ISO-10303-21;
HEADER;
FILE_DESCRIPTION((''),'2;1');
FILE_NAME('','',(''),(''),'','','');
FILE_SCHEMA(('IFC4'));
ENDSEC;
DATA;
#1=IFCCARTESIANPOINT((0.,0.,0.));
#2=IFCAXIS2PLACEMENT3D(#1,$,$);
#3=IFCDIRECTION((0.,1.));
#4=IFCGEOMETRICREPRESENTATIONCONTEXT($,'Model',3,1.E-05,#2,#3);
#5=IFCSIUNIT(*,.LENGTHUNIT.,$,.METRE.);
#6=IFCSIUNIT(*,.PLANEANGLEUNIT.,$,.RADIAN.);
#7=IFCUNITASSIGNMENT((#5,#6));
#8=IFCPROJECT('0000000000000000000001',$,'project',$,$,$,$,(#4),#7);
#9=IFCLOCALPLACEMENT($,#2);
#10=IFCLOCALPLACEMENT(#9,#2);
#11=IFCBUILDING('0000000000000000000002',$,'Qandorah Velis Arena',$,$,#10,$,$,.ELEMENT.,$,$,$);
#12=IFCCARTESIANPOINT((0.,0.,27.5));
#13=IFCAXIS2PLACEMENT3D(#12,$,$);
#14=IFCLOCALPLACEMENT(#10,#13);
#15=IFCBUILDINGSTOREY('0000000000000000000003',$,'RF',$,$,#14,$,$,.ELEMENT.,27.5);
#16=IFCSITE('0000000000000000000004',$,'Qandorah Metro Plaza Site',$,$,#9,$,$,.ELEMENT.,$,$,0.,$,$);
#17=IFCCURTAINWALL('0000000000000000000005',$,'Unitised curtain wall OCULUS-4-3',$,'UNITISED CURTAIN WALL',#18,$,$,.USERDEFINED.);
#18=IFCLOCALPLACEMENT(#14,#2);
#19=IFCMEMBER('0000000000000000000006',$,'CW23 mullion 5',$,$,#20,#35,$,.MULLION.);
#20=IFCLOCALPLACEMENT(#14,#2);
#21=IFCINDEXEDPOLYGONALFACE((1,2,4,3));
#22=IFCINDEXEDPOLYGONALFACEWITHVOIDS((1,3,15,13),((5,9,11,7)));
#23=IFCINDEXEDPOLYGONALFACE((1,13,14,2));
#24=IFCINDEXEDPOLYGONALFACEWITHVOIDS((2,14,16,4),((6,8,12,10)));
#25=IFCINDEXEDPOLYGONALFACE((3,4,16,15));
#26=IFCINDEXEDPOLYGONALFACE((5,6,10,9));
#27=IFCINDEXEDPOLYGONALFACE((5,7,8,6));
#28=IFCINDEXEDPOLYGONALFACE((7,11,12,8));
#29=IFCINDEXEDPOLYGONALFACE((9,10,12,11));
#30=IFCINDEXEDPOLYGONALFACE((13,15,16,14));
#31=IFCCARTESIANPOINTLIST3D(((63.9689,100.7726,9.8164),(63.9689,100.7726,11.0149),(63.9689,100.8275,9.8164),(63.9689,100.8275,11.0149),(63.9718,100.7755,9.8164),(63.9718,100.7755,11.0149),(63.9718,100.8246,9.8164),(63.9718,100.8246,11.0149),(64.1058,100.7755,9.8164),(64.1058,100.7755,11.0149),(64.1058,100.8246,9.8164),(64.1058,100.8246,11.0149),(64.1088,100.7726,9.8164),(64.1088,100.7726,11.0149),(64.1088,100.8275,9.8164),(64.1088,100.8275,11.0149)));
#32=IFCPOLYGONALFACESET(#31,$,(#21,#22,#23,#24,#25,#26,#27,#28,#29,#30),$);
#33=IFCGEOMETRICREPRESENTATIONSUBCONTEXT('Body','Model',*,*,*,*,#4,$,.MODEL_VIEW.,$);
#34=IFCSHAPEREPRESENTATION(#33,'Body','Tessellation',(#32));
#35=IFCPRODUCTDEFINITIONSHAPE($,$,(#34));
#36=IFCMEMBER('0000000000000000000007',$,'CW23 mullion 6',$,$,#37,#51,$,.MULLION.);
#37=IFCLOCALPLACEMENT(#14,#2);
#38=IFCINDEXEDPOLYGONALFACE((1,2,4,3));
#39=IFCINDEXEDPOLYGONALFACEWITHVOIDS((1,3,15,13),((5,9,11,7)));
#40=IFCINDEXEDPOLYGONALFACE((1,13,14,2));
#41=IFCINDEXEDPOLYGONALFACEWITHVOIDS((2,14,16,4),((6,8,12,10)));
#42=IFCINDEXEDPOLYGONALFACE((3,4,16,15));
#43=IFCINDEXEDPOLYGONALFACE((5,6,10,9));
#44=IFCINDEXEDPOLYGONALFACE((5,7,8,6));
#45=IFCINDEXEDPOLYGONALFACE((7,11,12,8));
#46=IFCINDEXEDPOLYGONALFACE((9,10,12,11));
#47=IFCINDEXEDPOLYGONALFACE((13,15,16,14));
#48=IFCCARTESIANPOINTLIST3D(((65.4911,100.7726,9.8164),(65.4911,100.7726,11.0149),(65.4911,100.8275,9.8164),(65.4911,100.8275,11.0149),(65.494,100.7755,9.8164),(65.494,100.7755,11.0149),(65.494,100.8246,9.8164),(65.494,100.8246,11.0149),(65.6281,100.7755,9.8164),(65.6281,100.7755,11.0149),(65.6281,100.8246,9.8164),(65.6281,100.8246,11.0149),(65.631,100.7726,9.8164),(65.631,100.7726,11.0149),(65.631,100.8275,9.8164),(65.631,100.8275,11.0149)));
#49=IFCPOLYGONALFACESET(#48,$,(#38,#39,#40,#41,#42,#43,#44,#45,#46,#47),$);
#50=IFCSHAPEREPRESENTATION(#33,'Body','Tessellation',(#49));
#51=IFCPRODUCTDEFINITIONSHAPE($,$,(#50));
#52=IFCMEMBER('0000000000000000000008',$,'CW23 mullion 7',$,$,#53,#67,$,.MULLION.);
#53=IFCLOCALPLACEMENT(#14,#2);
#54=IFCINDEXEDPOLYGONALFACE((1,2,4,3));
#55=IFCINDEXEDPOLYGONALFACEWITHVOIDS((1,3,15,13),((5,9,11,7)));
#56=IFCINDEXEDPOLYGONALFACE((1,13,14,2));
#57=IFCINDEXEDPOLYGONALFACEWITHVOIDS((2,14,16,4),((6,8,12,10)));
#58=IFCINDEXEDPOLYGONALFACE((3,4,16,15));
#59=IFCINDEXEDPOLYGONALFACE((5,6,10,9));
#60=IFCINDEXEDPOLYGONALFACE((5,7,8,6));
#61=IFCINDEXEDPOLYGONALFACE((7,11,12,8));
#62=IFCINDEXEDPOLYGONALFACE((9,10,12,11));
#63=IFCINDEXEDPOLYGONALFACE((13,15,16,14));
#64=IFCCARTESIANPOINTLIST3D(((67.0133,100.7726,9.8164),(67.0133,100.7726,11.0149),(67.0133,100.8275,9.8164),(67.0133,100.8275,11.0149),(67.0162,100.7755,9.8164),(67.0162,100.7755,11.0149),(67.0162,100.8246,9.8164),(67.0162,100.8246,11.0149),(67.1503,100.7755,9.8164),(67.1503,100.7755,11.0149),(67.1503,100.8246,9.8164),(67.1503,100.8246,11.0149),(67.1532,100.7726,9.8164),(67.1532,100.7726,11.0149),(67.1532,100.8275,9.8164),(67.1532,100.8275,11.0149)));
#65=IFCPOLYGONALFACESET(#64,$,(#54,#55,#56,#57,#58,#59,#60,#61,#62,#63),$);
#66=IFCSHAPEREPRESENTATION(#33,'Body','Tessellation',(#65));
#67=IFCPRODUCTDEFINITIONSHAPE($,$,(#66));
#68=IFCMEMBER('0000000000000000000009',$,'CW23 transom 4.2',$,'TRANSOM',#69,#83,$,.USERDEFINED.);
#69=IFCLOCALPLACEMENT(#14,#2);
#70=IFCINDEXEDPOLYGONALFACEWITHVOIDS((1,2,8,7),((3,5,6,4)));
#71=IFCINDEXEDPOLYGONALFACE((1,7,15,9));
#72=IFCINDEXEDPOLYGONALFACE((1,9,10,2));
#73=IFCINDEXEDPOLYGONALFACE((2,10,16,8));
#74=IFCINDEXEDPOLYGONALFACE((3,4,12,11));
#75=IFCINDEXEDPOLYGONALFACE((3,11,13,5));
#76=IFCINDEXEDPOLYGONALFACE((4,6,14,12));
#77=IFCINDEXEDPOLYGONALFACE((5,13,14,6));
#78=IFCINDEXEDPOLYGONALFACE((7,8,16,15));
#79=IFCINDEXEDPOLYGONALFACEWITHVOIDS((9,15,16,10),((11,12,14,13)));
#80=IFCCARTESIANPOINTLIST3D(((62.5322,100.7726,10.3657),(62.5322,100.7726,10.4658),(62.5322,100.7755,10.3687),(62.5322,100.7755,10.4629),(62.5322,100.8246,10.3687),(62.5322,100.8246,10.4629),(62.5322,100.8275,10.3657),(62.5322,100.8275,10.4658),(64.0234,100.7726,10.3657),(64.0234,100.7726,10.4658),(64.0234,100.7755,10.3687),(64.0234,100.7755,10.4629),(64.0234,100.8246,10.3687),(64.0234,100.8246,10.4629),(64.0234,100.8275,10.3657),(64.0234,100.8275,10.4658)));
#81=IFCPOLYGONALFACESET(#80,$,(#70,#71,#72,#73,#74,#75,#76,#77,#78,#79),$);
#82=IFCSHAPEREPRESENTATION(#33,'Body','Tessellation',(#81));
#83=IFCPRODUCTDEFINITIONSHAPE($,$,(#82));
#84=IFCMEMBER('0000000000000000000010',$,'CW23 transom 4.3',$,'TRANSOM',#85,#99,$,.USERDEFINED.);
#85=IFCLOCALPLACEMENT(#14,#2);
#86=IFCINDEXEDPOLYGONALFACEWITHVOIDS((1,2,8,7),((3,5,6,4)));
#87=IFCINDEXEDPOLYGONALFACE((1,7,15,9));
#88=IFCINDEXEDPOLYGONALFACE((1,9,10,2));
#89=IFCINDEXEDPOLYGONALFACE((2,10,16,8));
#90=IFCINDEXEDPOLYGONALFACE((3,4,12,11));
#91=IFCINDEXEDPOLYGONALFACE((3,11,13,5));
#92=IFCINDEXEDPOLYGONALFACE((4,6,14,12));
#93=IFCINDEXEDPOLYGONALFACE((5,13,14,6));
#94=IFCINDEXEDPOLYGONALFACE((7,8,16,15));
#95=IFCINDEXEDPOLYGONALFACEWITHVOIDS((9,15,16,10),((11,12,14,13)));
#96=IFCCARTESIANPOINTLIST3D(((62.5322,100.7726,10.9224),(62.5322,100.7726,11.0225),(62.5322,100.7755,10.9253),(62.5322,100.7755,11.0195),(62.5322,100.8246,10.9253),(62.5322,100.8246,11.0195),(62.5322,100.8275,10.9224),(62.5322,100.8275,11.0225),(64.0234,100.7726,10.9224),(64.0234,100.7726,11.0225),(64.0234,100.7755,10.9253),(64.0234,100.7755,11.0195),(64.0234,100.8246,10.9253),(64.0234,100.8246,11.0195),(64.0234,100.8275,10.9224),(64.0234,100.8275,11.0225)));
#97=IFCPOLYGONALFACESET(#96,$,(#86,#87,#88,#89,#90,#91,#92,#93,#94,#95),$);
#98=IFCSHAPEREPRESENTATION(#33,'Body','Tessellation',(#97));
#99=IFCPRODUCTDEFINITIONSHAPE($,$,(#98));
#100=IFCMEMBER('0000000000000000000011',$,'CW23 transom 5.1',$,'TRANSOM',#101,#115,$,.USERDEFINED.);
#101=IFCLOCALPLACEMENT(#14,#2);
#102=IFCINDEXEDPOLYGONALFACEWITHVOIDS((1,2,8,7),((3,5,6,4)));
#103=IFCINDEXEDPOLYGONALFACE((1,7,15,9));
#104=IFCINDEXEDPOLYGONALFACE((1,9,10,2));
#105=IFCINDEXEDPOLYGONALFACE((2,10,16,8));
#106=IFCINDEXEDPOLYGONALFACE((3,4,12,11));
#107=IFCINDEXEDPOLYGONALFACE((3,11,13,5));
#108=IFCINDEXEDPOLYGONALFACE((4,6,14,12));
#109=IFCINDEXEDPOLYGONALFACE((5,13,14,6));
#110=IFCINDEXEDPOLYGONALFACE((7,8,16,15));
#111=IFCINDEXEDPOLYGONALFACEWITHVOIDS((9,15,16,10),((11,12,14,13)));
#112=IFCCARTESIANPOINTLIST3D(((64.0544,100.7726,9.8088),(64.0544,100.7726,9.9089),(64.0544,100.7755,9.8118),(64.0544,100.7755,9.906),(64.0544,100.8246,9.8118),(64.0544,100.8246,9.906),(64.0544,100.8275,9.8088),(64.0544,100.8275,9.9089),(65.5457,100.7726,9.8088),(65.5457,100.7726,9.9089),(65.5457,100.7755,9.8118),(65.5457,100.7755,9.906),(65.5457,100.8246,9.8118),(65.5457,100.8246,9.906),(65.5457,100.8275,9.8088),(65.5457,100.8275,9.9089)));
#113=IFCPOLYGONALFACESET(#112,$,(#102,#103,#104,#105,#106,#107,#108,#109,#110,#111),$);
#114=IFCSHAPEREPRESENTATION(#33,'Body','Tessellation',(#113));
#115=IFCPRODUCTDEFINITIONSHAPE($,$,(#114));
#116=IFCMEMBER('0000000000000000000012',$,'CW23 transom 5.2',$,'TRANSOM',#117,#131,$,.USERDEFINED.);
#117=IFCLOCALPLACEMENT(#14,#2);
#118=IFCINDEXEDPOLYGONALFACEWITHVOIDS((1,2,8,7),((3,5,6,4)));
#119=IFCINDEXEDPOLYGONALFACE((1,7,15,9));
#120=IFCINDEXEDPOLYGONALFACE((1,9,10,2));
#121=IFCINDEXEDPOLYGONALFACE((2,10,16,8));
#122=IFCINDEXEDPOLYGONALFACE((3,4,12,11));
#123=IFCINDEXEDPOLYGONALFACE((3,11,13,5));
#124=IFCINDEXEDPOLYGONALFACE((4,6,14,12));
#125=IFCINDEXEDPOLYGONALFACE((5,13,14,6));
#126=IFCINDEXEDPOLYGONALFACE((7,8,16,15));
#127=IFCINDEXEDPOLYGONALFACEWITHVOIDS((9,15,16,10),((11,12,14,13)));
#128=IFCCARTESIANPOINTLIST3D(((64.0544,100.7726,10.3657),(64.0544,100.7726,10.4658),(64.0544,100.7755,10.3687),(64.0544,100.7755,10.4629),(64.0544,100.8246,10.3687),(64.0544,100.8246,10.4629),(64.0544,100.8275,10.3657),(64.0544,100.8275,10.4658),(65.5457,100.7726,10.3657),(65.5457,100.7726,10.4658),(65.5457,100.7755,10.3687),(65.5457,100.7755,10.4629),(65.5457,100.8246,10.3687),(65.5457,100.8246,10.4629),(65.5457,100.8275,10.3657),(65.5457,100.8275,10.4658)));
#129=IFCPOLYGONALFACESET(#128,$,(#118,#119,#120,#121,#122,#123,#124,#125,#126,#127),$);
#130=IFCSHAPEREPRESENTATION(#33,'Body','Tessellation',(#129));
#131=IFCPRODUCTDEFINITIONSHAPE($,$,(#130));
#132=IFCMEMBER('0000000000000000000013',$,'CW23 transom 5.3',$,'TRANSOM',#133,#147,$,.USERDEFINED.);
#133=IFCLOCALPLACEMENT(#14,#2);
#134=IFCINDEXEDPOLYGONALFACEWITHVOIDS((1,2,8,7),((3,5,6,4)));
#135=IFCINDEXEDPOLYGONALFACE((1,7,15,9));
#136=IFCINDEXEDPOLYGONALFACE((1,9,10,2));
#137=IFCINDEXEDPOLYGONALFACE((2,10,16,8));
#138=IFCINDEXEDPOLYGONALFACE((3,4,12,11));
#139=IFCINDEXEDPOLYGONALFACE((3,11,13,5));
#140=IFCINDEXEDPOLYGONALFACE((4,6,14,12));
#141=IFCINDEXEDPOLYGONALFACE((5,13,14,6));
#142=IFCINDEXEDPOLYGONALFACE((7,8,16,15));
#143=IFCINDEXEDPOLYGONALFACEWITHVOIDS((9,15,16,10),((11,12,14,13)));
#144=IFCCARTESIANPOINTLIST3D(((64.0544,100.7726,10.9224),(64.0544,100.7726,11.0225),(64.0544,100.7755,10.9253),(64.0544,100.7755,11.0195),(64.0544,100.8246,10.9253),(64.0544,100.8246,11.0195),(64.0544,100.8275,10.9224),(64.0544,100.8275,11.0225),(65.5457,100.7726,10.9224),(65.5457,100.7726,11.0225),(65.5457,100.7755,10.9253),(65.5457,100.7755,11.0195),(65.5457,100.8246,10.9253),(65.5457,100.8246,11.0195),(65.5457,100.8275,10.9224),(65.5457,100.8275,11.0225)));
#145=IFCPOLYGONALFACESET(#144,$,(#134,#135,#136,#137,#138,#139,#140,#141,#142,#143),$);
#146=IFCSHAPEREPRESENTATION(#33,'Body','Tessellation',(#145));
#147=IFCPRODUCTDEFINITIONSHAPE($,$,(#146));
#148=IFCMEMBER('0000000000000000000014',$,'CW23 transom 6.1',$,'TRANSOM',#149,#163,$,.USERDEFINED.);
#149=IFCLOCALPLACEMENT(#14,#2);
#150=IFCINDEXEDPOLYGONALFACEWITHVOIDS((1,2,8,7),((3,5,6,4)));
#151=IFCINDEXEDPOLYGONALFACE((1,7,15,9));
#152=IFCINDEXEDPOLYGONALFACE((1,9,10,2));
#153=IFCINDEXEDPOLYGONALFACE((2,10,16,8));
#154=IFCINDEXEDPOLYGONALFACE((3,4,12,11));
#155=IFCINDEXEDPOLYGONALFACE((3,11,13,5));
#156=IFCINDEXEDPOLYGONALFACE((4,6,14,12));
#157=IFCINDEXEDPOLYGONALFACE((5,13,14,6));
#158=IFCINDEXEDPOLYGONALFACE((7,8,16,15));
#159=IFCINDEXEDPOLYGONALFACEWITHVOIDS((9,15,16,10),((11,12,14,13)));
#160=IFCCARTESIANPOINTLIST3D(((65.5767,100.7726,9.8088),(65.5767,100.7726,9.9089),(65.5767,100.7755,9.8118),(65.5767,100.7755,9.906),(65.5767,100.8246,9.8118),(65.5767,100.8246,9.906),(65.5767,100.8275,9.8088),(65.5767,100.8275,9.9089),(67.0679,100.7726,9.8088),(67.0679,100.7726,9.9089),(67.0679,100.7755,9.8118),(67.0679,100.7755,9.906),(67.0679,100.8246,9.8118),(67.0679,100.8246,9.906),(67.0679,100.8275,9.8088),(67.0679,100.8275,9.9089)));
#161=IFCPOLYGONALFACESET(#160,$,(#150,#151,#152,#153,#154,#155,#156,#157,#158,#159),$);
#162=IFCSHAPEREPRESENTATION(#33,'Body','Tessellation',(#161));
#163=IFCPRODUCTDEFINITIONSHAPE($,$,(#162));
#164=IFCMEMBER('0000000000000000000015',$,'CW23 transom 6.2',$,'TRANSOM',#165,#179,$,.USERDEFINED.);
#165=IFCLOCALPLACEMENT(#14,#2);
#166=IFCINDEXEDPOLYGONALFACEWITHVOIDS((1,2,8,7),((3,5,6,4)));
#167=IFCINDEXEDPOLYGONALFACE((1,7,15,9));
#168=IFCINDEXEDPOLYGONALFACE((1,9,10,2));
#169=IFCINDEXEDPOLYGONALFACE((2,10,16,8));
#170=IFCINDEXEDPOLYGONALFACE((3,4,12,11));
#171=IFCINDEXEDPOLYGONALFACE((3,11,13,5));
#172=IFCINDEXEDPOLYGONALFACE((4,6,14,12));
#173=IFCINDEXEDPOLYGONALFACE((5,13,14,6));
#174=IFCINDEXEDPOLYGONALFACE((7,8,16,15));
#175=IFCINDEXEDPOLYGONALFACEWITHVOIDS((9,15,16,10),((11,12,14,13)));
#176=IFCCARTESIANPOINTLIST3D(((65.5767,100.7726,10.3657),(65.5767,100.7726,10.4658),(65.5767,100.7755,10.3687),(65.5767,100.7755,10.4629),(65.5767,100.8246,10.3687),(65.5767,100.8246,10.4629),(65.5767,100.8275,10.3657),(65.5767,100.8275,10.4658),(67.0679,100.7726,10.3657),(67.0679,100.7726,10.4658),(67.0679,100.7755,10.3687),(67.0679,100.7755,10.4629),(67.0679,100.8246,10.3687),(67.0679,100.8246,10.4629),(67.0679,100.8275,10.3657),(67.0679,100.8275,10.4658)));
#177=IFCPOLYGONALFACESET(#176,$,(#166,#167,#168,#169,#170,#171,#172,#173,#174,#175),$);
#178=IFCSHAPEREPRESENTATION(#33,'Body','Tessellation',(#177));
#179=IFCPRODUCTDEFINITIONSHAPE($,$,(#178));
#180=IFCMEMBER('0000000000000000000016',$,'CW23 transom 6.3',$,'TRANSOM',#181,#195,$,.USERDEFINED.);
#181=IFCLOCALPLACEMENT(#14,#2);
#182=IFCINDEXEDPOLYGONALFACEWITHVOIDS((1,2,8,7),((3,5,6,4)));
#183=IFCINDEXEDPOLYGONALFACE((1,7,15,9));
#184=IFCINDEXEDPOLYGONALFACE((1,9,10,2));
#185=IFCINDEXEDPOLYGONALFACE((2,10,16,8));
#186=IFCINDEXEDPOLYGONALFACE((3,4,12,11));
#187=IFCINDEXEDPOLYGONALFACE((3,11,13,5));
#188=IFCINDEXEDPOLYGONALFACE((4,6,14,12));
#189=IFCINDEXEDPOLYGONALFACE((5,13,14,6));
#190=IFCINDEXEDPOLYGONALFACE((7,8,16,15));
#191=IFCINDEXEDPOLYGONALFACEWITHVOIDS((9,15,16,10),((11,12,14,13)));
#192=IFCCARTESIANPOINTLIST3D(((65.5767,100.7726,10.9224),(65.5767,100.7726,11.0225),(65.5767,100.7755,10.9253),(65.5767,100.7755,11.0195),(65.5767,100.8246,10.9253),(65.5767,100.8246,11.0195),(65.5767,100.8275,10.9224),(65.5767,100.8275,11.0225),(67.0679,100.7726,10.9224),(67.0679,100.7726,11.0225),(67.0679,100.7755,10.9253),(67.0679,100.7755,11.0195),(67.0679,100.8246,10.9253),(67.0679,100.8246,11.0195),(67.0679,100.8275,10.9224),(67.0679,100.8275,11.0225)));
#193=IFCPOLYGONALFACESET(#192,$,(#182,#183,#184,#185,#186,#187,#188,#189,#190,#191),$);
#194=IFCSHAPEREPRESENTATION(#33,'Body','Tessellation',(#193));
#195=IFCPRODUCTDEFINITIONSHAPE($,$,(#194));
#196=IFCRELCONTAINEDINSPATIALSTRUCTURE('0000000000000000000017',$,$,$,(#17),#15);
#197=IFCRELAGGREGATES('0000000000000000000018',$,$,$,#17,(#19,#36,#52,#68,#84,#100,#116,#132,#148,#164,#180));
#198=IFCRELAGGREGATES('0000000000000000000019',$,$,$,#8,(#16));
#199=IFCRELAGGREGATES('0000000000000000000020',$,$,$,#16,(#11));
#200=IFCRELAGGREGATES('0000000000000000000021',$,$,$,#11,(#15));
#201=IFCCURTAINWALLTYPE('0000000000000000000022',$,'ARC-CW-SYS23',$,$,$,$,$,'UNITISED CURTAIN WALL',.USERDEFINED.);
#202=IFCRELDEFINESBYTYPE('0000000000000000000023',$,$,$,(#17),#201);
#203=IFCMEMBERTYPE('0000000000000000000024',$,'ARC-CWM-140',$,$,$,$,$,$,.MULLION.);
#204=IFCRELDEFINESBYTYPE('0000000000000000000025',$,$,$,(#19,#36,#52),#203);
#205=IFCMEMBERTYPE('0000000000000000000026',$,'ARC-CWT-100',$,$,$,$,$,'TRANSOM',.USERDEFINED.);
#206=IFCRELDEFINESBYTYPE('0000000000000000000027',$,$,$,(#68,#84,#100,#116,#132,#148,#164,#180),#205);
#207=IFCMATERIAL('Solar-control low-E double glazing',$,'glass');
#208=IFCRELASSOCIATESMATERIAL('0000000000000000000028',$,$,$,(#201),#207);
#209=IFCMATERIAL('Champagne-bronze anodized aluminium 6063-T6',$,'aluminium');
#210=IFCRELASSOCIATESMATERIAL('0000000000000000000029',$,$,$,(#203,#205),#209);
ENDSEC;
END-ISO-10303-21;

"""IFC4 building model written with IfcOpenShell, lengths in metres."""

from ifc_helpers import new_model, si_unit, direction, frame, origin, origin_2d, place, context, subcontext, project, spatial, hollow_rectangle, extrude, material, material_profile, profile_set, type_object, element, aggregate, save


model = new_model("IFC4")

# Units and contexts
model_context = context("Model", 3, precision=1e-05, world=origin(), true_north=direction((0.0, 1.0)))
body_context = subcontext(model_context, "Body", "Model", "MODEL_VIEW")
ifc_project = project(units=[si_unit("LENGTHUNIT", "METRE"), si_unit("PLANEANGLEUNIT", "RADIAN")], contexts=[model_context])

# Site, building, storey
site_placement = place(None, origin())
site = spatial("IfcSite", under=ifc_project, at=site_placement, Name="Qandorah Metro Plaza Site", CompositionType="ELEMENT", RefElevation=0.0)
building_placement = place(site_placement, origin())
building = spatial("IfcBuilding", under=site, at=building_placement, Name="Qandorah Velis Arena", CompositionType="ELEMENT")
storey_placement = place(building_placement, frame((0.0, 0.0, 27.5)))
storey = spatial("IfcBuildingStorey", under=building, at=storey_placement, Name="RF", CompositionType="ELEMENT", Elevation=27.5)

# Curtain wall, members
ifc_material_1 = material(Name="Solar-control low-E double glazing", Category="glass")
curtain_wall_type = type_object("IfcCurtainWallType", Name="ARC-CW-SYS23", ElementType="UNITISED CURTAIN WALL", PredefinedType="USERDEFINED", material=ifc_material_1)
curtain_wall_placement = place(storey_placement, origin())
curtain_wall = element("IfcCurtainWall", 1, at=curtain_wall_placement, inside=storey, type_object=curtain_wall_type, Name="Unitised curtain wall OCULUS-4-3", ObjectType="UNITISED CURTAIN WALL", PredefinedType="USERDEFINED")
ifc_material_2 = material(Name="Champagne-bronze anodized aluminium 6063-T6", Category="aluminium")
ifc_material_profile_1 = material_profile(ifc_material_2, hollow_rectangle(XDim=0.0549, YDim=0.1399, WallThickness=0.0029, at=origin_2d()), Name="ALU MULLION 55x140")
ifc_profile_set_1 = profile_set([ifc_material_profile_1], Name="Champagne-bronze anodized aluminium 6063-T6")
member_type_1 = type_object("IfcMemberType", Name="ARC-CWM-140", PredefinedType="MULLION", material=ifc_profile_set_1)
member_1_placement = place(storey_placement, frame((64.0388, 100.8, 9.8164), z_axis=(0.0, 0.0, 1.0), x_axis=(0.0, 1.0, 0.0)))
member_1 = element("IfcMember", 2, at=member_1_placement, type_object=member_type_1, Name="CW23 mullion 5", PredefinedType="MULLION", context=body_context, shape_type="SweptSolid", body=[
    extrude(hollow_rectangle(XDim=0.0549, YDim=0.1399, WallThickness=0.0029, at=origin_2d()), origin(), (0.0, 0.0, 1.0), 1.1985),
])
member_2_placement = place(storey_placement, frame((65.561, 100.8, 9.8164), z_axis=(0.0, 0.0, 1.0), x_axis=(0.0, 1.0, 0.0)))
member_2 = element("IfcMember", 3, at=member_2_placement, type_object=member_type_1, Name="CW23 mullion 6", PredefinedType="MULLION", context=body_context, shape_type="SweptSolid", body=[
    extrude(hollow_rectangle(XDim=0.0549, YDim=0.1399, WallThickness=0.0029, at=origin_2d()), origin(), (0.0, 0.0, 1.0), 1.1985),
])
member_3_placement = place(storey_placement, frame((67.0833, 100.8, 9.8164), z_axis=(0.0, 0.0, 1.0), x_axis=(0.0, 1.0, 0.0)))
member_3 = element("IfcMember", 4, at=member_3_placement, type_object=member_type_1, Name="CW23 mullion 7", PredefinedType="MULLION", context=body_context, shape_type="SweptSolid", body=[
    extrude(hollow_rectangle(XDim=0.0549, YDim=0.1399, WallThickness=0.0029, at=origin_2d()), origin(), (0.0, 0.0, 1.0), 1.1985),
])
ifc_material_profile_2 = material_profile(ifc_material_2, hollow_rectangle(XDim=0.0549, YDim=0.1001, WallThickness=0.0029, at=origin_2d()), Name="ALU TRANSOM 55x100")
ifc_profile_set_2 = profile_set([ifc_material_profile_2], Name="Champagne-bronze anodized aluminium 6063-T6")
member_type_2 = type_object("IfcMemberType", Name="ARC-CWT-100", ElementType="TRANSOM", PredefinedType="USERDEFINED", material=ifc_profile_set_2)
member_4_placement = place(storey_placement, frame((62.5322, 100.8, 10.4158), z_axis=(1.0, 0.0, 0.0), x_axis=(0.0, 1.0, 0.0)))
member_4 = element("IfcMember", 5, at=member_4_placement, type_object=member_type_2, Name="CW23 transom 4.2", ObjectType="TRANSOM", PredefinedType="USERDEFINED", context=body_context, shape_type="SweptSolid", body=[
    extrude(hollow_rectangle(XDim=0.0549, YDim=0.1001, WallThickness=0.0029, at=origin_2d()), origin(), (0.0, 0.0, 1.0), 1.4912),
])
member_5_placement = place(storey_placement, frame((62.5322, 100.8, 10.9724), z_axis=(1.0, 0.0, 0.0), x_axis=(0.0, 1.0, 0.0)))
member_5 = element("IfcMember", 6, at=member_5_placement, type_object=member_type_2, Name="CW23 transom 4.3", ObjectType="TRANSOM", PredefinedType="USERDEFINED", context=body_context, shape_type="SweptSolid", body=[
    extrude(hollow_rectangle(XDim=0.0549, YDim=0.1001, WallThickness=0.0029, at=origin_2d()), origin(), (0.0, 0.0, 1.0), 1.4912),
])
member_6_placement = place(storey_placement, frame((64.0544, 100.8, 9.8589), z_axis=(1.0, 0.0, 0.0), x_axis=(0.0, 1.0, 0.0)))
member_6 = element("IfcMember", 7, at=member_6_placement, type_object=member_type_2, Name="CW23 transom 5.1", ObjectType="TRANSOM", PredefinedType="USERDEFINED", context=body_context, shape_type="SweptSolid", body=[
    extrude(hollow_rectangle(XDim=0.0549, YDim=0.1001, WallThickness=0.0029, at=origin_2d()), origin(), (0.0, 0.0, 1.0), 1.4912),
])
member_7_placement = place(storey_placement, frame((64.0544, 100.8, 10.4158), z_axis=(1.0, 0.0, 0.0), x_axis=(0.0, 1.0, 0.0)))
member_7 = element("IfcMember", 8, at=member_7_placement, type_object=member_type_2, Name="CW23 transom 5.2", ObjectType="TRANSOM", PredefinedType="USERDEFINED", context=body_context, shape_type="SweptSolid", body=[
    extrude(hollow_rectangle(XDim=0.0549, YDim=0.1001, WallThickness=0.0029, at=origin_2d()), origin(), (0.0, 0.0, 1.0), 1.4912),
])
member_8_placement = place(storey_placement, frame((64.0544, 100.8, 10.9724), z_axis=(1.0, 0.0, 0.0), x_axis=(0.0, 1.0, 0.0)))
member_8 = element("IfcMember", 9, at=member_8_placement, type_object=member_type_2, Name="CW23 transom 5.3", ObjectType="TRANSOM", PredefinedType="USERDEFINED", context=body_context, shape_type="SweptSolid", body=[
    extrude(hollow_rectangle(XDim=0.0549, YDim=0.1001, WallThickness=0.0029, at=origin_2d()), origin(), (0.0, 0.0, 1.0), 1.4912),
])
member_9_placement = place(storey_placement, frame((65.5767, 100.8, 9.8589), z_axis=(1.0, 0.0, 0.0), x_axis=(0.0, 1.0, 0.0)))
member_9 = element("IfcMember", 10, at=member_9_placement, type_object=member_type_2, Name="CW23 transom 6.1", ObjectType="TRANSOM", PredefinedType="USERDEFINED", context=body_context, shape_type="SweptSolid", body=[
    extrude(hollow_rectangle(XDim=0.0549, YDim=0.1001, WallThickness=0.0029, at=origin_2d()), origin(), (0.0, 0.0, 1.0), 1.4912),
])
member_10_placement = place(storey_placement, frame((65.5767, 100.8, 10.4158), z_axis=(1.0, 0.0, 0.0), x_axis=(0.0, 1.0, 0.0)))
member_10 = element("IfcMember", 11, at=member_10_placement, type_object=member_type_2, Name="CW23 transom 6.2", ObjectType="TRANSOM", PredefinedType="USERDEFINED", context=body_context, shape_type="SweptSolid", body=[
    extrude(hollow_rectangle(XDim=0.0549, YDim=0.1001, WallThickness=0.0029, at=origin_2d()), origin(), (0.0, 0.0, 1.0), 1.4912),
])
member_11_placement = place(storey_placement, frame((65.5767, 100.8, 10.9724), z_axis=(1.0, 0.0, 0.0), x_axis=(0.0, 1.0, 0.0)))
member_11 = element("IfcMember", 12, at=member_11_placement, type_object=member_type_2, Name="CW23 transom 6.3", ObjectType="TRANSOM", PredefinedType="USERDEFINED", context=body_context, shape_type="SweptSolid", body=[
    extrude(hollow_rectangle(XDim=0.0549, YDim=0.1001, WallThickness=0.0029, at=origin_2d()), origin(), (0.0, 0.0, 1.0), 1.4912),
])

aggregate(curtain_wall, [member_1, member_2, member_3, member_4, member_5, member_6, member_7, member_8, member_9, member_10, member_11])

save(model, "model.ifc")
